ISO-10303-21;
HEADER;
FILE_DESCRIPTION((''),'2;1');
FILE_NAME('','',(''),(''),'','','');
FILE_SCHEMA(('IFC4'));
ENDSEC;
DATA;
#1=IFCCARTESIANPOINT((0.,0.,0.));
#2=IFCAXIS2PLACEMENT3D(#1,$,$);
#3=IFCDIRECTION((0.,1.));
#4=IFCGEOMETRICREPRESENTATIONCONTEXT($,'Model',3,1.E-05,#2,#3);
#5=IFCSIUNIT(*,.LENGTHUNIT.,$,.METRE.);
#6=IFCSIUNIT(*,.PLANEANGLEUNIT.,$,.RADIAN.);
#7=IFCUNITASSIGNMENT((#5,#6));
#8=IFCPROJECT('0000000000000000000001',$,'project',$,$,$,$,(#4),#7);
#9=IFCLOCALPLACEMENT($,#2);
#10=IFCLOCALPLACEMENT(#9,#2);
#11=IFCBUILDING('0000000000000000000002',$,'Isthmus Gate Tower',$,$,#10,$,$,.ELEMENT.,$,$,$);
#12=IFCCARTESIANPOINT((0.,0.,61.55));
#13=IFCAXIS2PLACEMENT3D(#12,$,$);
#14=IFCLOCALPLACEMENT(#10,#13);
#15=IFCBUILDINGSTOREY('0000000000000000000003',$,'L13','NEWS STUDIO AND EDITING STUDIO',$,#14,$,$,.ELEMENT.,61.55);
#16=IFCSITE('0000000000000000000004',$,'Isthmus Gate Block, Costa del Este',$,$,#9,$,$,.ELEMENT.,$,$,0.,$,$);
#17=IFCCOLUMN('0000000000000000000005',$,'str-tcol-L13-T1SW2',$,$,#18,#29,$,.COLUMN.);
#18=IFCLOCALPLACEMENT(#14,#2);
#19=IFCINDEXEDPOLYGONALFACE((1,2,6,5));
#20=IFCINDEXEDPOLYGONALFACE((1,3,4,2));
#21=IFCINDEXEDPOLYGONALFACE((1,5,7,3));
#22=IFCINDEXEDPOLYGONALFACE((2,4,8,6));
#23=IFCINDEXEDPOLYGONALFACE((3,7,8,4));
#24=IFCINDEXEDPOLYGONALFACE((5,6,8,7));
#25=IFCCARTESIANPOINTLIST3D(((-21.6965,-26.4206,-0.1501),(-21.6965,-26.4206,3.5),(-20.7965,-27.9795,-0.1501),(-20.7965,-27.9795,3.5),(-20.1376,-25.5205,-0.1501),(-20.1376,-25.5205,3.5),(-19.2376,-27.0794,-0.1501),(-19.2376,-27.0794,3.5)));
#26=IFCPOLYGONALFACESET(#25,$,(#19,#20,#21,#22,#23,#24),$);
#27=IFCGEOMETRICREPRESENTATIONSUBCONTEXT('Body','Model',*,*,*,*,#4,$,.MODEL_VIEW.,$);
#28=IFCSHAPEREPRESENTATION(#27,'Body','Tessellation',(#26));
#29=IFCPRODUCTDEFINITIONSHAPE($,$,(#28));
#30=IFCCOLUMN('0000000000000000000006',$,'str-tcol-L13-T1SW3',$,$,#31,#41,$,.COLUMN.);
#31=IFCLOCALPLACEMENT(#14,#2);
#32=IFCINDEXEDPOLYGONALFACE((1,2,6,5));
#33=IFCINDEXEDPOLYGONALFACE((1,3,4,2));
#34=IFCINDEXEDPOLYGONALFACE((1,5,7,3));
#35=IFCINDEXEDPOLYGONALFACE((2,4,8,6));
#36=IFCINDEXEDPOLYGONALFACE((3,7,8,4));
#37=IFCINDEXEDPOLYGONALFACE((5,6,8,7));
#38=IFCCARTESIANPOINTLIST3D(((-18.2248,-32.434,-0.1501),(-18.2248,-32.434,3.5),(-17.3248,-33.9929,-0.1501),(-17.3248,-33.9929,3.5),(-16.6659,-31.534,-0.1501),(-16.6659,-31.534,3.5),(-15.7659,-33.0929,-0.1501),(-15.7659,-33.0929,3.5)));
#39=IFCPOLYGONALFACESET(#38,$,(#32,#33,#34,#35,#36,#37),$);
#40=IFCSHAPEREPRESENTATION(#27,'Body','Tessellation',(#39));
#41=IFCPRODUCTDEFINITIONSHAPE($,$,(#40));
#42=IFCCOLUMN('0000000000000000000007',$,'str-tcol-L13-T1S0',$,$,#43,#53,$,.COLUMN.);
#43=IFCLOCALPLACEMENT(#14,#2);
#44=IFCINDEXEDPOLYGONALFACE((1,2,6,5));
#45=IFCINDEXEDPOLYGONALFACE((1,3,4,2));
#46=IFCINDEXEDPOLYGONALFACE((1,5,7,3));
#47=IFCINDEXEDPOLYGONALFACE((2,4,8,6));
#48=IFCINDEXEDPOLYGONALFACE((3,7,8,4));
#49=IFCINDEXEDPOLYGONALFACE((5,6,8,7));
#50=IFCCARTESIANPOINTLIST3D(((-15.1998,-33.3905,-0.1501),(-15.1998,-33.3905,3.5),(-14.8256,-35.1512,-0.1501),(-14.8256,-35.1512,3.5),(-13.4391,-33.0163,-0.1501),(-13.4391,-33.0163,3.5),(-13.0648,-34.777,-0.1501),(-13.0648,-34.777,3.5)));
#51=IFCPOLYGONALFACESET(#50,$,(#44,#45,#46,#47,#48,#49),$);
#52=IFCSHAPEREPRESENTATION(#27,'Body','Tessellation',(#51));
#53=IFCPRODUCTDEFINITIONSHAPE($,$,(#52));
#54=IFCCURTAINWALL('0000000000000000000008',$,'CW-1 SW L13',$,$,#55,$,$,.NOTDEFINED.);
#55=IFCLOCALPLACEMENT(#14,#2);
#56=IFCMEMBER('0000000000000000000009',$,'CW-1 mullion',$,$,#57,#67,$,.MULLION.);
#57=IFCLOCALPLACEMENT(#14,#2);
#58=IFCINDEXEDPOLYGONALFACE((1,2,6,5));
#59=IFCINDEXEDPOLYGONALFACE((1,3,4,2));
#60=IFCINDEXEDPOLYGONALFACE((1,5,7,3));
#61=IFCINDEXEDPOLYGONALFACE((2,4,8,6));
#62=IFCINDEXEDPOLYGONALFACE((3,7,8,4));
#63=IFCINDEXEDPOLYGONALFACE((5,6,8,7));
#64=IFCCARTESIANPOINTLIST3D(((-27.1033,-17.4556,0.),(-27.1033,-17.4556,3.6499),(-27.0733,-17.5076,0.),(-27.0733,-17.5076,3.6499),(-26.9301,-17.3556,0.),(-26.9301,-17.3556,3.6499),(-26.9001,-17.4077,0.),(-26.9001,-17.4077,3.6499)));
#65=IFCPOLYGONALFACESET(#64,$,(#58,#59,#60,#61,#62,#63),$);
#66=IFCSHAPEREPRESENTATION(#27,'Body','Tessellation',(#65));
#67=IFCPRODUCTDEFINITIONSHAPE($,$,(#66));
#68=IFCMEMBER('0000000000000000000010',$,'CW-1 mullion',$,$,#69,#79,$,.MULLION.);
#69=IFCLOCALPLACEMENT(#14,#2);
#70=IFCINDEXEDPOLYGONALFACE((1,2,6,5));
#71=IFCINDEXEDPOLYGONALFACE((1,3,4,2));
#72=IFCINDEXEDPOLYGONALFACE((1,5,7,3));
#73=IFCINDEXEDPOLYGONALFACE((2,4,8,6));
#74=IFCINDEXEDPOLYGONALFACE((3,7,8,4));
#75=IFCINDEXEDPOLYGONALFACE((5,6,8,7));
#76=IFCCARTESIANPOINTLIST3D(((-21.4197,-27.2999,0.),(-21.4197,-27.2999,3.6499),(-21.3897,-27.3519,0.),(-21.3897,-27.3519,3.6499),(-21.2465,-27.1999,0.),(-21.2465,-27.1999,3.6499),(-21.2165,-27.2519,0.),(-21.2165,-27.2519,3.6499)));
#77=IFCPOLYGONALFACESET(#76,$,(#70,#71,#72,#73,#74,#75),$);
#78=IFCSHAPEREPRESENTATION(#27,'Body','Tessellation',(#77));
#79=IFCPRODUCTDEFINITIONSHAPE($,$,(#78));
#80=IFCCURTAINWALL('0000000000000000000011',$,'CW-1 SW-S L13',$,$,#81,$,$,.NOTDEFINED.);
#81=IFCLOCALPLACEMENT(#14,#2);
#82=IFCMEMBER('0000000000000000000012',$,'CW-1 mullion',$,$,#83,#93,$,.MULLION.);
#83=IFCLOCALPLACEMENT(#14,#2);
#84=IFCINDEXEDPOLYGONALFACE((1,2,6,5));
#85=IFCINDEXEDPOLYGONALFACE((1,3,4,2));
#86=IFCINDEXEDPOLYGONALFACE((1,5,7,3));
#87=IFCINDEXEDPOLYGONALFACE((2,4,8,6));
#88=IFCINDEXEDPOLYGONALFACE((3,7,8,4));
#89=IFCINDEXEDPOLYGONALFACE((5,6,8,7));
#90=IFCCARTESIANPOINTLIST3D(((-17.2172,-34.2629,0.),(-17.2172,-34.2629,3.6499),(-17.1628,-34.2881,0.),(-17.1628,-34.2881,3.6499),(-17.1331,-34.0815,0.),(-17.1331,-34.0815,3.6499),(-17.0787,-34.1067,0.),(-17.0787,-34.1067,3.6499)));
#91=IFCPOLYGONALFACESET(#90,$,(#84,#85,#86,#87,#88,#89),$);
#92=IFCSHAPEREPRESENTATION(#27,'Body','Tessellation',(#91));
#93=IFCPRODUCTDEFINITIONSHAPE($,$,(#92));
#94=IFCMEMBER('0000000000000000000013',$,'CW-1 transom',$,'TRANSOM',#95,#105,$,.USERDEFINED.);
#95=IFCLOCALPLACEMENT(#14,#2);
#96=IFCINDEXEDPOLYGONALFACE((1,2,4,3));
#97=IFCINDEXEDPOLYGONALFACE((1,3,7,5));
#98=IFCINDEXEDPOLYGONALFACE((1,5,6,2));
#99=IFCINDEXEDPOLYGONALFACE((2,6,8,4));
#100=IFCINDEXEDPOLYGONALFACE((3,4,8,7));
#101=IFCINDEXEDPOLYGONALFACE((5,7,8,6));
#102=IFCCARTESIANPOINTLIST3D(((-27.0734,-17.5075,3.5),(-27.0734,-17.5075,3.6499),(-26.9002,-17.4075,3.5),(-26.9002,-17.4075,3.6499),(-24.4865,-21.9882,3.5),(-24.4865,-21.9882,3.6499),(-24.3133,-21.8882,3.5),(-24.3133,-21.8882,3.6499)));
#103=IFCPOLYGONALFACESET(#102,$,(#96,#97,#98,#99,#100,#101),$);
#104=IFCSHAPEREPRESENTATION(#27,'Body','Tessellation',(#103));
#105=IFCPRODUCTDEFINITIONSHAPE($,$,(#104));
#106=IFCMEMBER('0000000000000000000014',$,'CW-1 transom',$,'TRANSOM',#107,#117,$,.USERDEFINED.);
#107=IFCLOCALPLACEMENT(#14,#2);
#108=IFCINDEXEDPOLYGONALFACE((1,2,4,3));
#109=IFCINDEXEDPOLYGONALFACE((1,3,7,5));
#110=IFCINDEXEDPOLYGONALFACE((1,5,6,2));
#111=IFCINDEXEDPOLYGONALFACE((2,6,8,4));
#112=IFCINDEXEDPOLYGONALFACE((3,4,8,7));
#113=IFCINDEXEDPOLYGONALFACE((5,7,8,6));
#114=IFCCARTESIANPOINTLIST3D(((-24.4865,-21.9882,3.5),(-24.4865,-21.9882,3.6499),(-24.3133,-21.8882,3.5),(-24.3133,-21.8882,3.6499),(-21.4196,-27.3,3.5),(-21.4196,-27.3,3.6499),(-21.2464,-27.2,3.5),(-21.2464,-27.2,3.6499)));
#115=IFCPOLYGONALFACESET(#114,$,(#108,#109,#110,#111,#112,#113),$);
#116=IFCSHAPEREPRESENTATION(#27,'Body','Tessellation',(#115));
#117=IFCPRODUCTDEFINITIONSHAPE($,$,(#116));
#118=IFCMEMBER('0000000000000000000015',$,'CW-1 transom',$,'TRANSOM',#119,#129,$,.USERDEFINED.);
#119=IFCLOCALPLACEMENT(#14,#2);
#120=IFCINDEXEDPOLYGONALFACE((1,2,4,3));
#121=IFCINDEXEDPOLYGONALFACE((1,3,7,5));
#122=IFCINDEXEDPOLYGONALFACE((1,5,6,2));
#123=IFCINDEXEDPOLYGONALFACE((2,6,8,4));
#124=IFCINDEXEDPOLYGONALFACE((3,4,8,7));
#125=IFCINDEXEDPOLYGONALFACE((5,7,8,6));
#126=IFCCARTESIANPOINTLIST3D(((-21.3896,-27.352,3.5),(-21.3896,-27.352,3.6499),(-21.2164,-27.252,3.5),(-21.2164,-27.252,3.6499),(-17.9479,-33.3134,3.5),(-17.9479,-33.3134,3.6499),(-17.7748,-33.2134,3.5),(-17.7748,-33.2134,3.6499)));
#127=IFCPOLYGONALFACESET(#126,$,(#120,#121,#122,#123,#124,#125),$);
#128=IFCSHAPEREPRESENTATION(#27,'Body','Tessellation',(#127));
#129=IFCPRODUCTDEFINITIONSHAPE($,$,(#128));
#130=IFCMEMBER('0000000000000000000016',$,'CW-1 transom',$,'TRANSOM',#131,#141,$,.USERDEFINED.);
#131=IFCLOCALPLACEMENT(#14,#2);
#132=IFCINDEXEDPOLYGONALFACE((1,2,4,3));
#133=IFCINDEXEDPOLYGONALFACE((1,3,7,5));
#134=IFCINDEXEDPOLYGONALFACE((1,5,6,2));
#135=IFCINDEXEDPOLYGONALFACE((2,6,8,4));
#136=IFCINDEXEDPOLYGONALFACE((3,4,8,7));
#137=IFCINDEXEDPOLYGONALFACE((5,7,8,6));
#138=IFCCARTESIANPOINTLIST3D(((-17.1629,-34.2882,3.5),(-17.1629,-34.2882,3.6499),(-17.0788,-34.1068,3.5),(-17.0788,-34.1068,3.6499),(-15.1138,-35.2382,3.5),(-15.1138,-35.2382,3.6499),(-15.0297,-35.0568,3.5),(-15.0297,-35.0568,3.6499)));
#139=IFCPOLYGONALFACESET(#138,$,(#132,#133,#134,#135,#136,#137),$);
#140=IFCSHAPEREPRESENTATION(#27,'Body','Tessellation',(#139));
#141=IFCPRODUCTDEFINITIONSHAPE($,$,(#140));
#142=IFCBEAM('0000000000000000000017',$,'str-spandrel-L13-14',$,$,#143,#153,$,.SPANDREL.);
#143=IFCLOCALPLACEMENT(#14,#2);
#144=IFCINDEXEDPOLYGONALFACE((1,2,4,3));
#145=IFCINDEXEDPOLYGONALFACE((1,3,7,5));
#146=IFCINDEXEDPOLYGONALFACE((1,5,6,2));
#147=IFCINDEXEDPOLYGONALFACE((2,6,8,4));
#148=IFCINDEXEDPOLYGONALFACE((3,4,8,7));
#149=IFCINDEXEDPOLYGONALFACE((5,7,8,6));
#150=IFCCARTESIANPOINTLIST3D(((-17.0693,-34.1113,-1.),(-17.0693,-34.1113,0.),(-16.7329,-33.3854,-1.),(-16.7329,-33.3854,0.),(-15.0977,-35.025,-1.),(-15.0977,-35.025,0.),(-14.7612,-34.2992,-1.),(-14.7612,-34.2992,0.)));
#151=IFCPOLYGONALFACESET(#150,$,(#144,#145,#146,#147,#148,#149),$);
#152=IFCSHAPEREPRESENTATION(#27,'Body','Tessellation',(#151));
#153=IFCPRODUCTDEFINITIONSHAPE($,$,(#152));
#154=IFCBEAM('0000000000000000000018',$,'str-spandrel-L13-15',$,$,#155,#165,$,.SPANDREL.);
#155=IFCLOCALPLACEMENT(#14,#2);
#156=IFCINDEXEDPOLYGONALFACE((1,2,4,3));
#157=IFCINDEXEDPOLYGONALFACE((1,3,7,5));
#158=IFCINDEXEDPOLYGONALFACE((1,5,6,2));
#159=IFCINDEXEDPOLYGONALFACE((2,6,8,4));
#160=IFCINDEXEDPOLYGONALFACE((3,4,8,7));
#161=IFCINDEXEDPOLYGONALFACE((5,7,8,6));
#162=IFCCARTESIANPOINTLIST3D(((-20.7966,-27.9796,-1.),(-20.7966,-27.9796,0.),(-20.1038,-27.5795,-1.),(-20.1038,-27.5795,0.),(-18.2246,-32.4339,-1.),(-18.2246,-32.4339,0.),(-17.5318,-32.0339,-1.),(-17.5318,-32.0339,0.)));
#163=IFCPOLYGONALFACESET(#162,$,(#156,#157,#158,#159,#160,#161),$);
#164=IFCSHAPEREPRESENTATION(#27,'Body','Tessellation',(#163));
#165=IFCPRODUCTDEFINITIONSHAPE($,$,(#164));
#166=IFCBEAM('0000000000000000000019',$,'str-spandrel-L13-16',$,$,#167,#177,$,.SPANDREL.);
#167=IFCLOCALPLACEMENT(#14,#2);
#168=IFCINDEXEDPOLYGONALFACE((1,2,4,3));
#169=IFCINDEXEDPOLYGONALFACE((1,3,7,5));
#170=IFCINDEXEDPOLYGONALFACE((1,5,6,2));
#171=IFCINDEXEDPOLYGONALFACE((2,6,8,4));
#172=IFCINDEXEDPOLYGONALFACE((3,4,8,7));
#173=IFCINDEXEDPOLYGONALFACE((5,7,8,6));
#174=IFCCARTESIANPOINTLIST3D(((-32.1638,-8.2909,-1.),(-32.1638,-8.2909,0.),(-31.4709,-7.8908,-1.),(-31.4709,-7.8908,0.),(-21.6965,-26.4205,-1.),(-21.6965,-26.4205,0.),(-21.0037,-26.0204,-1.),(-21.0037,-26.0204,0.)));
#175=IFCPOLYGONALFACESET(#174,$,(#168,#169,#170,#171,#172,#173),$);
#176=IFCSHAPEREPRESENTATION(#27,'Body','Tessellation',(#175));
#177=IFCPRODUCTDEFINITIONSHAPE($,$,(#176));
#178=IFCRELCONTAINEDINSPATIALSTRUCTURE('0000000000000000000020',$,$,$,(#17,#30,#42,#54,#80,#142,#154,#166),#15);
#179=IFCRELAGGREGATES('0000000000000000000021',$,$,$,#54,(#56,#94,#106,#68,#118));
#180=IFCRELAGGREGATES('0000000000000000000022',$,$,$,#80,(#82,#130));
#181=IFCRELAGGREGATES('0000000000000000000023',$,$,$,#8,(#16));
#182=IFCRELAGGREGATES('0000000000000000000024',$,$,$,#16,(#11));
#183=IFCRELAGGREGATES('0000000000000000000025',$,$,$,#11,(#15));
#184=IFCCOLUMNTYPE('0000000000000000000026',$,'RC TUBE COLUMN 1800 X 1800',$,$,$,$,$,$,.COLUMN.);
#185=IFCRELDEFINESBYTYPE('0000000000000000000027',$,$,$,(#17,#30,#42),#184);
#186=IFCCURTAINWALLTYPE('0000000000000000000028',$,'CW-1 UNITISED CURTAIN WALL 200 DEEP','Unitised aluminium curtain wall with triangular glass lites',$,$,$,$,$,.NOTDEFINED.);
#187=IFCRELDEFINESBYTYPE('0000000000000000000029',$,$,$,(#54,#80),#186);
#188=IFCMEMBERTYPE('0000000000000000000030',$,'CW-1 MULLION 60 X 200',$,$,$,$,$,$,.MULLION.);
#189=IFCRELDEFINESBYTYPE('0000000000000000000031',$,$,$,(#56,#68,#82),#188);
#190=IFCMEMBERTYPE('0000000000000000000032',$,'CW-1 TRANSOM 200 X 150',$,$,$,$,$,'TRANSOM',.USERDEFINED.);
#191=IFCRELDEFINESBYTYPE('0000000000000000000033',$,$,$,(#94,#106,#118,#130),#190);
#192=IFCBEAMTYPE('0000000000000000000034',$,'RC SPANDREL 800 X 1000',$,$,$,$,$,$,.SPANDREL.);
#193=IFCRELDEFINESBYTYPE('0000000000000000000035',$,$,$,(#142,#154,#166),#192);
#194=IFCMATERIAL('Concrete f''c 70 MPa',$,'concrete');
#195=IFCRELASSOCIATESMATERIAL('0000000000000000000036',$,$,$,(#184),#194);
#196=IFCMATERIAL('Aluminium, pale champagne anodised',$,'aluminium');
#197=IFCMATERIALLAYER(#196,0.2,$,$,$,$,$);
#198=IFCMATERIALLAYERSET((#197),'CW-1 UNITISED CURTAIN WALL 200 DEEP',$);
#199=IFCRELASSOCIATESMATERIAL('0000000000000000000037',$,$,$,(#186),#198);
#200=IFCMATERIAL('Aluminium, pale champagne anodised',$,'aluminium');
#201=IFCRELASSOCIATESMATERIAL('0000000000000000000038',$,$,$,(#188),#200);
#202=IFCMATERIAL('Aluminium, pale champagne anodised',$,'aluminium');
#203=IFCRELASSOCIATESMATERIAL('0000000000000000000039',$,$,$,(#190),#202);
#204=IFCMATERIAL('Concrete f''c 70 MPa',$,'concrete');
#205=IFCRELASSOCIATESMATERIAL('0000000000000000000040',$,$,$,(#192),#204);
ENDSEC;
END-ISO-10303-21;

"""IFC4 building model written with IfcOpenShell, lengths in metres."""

from ifc_helpers import new_model, si_unit, direction, frame, origin, origin_2d, place, context, subcontext, project, spatial, rectangle, extrude, material, layer, layer_set, material_profile, profile_set, type_object, element, aggregate, save


model = new_model("IFC4")

# Units and contexts
model_context = context("Model", 3, precision=1e-05, world=origin(), true_north=direction((0.0, 1.0)))
body_context = subcontext(model_context, "Body", "Model", "MODEL_VIEW")
ifc_project = project(units=[si_unit("LENGTHUNIT", "METRE"), si_unit("PLANEANGLEUNIT", "RADIAN")], contexts=[model_context])

# Site, building, storey
site_placement = place(None, origin())
site = spatial("IfcSite", under=ifc_project, at=site_placement, Name="Isthmus Gate Block, Costa del Este", CompositionType="ELEMENT", RefElevation=0.0)
building_placement = place(site_placement, origin())
building = spatial("IfcBuilding", under=site, at=building_placement, Name="Isthmus Gate Tower", CompositionType="ELEMENT")
storey_placement = place(building_placement, frame((0.0, 0.0, 61.55)))
storey = spatial("IfcBuildingStorey", under=building, at=storey_placement, Name="L13", Description="NEWS STUDIO AND EDITING STUDIO", CompositionType="ELEMENT", Elevation=61.55)

# Columns
ifc_material_1 = material(Name="Concrete f'c 70 MPa", Category="concrete")
ifc_material_profile_1 = material_profile(ifc_material_1, rectangle(XDim=1.8, YDim=1.8, at=origin_2d()), Name="RC 1800X1800")
ifc_profile_set_1 = profile_set([ifc_material_profile_1], Name="Concrete f'c 70 MPa")
column_type = type_object("IfcColumnType", Name="RC TUBE COLUMN 1800 X 1800", PredefinedType="COLUMN", material=ifc_profile_set_1)
for number, where, z_axis, x_axis, name in (
    (1, (-20.467, -26.75, -0.1501), (0.0, 0.0, 1.0), (0.5, -0.866025, 0.0), "str-tcol-L13-T1SW2"),
    (2, (-16.9954, -32.7634, -0.1501), (0.0, 0.0, 1.0), (0.5, -0.866025, 0.0), "str-tcol-L13-T1SW3"),
    (3, (-14.1323, -34.0837, -0.1501), (0.0, 0.0, 1.0), (0.978148, 0.207912, 0.0), "str-tcol-L13-T1S0"),
):
    element("IfcColumn", number, at=place(storey_placement, frame(where, z_axis=z_axis, x_axis=x_axis)), inside=storey, type_object=column_type, Name=name, PredefinedType="COLUMN", context=body_context, shape_type="SweptSolid", body=[
        extrude(rectangle(XDim=1.8, YDim=1.8, at=origin_2d()), origin(), (0.0, 0.0, 1.0), 3.6501),
    ])

# Curtain wall, members
ifc_material_2 = material(Name="Aluminium, pale champagne anodised", Category="aluminium")
ifc_layer_1 = layer(ifc_material_2, 0.2)
ifc_layer_set_1 = layer_set([ifc_layer_1], Name="CW-1 UNITISED CURTAIN WALL 200 DEEP")
curtain_wall_type = type_object("IfcCurtainWallType", Name="CW-1 UNITISED CURTAIN WALL 200 DEEP", Description="Unitised aluminium curtain wall with triangular glass lites", PredefinedType="NOTDEFINED", material=ifc_layer_set_1)
curtain_wall_1_placement = place(storey_placement, origin())
curtain_wall_1 = element("IfcCurtainWall", 4, at=curtain_wall_1_placement, inside=storey, type_object=curtain_wall_type, Name="CW-1 SW L13", PredefinedType="NOTDEFINED")
ifc_material_3 = material(Name="Aluminium, pale champagne anodised", Category="aluminium")
ifc_material_profile_2 = material_profile(ifc_material_3, rectangle(XDim=0.0601, YDim=0.2, at=origin_2d()), Name="60x200")
ifc_profile_set_2 = profile_set([ifc_material_profile_2], Name="Aluminium, pale champagne anodised")
member_type_1 = type_object("IfcMemberType", Name="CW-1 MULLION 60 X 200", PredefinedType="MULLION", material=ifc_profile_set_2)
member_1_placement = place(storey_placement, frame((-27.0017, -17.4316, 0.0), z_axis=(0.0, 0.0, 1.0), x_axis=(0.5, -0.866025, 0.0)))
member_1 = element("IfcMember", 5, at=member_1_placement, type_object=member_type_1, Name="CW-1 mullion", PredefinedType="MULLION", context=body_context, shape_type="SweptSolid", body=[
    extrude(rectangle(XDim=0.0601, YDim=0.2, at=origin_2d()), origin(), (0.0, 0.0, 1.0), 3.6499),
])
member_2_placement = place(storey_placement, frame((-21.3181, -27.2759, 0.0), z_axis=(0.0, 0.0, 1.0), x_axis=(0.5, -0.866025, 0.0)))
member_2 = element("IfcMember", 6, at=member_2_placement, type_object=member_type_1, Name="CW-1 mullion", PredefinedType="MULLION", context=body_context, shape_type="SweptSolid", body=[
    extrude(rectangle(XDim=0.0601, YDim=0.2, at=origin_2d()), origin(), (0.0, 0.0, 1.0), 3.6499),
])

# Curtain wall, member
curtain_wall_2_placement = place(storey_placement, origin())
curtain_wall_2 = element("IfcCurtainWall", 7, at=curtain_wall_2_placement, inside=storey, type_object=curtain_wall_type, Name="CW-1 SW-S L13", PredefinedType="NOTDEFINED")
member_3_placement = place(storey_placement, frame((-17.1479, -34.1848, 0.0), z_axis=(0.0, 0.0, 1.0), x_axis=(0.907256, -0.420578, 0.0)))
member_3 = element("IfcMember", 8, at=member_3_placement, type_object=member_type_1, Name="CW-1 mullion", PredefinedType="MULLION", context=body_context, shape_type="SweptSolid", body=[
    extrude(rectangle(XDim=0.0601, YDim=0.2, at=origin_2d()), origin(), (0.0, 0.0, 1.0), 3.6499),
])

# Members
ifc_material_4 = material(Name="Aluminium, pale champagne anodised", Category="aluminium")
ifc_material_profile_3 = material_profile(ifc_material_4, rectangle(XDim=0.2, YDim=0.1499, at=origin_2d()), Name="200x150")
ifc_profile_set_3 = profile_set([ifc_material_profile_3], Name="Aluminium, pale champagne anodised")
member_type_2 = type_object("IfcMemberType", Name="CW-1 TRANSOM 200 X 150", ElementType="TRANSOM", PredefinedType="USERDEFINED", material=ifc_profile_set_3)
member_4_placement = place(storey_placement, frame((-26.9868, -17.4575, 3.575), z_axis=(0.499996, -0.866028, 0.0), x_axis=(0.866028, 0.499996, 0.0)))
member_4 = element("IfcMember", 9, at=member_4_placement, type_object=member_type_2, Name="CW-1 transom", ObjectType="TRANSOM", PredefinedType="USERDEFINED", context=body_context, shape_type="SweptSolid", body=[
    extrude(rectangle(XDim=0.2, YDim=0.1499, at=origin_2d()), origin(), (0.0, 0.0, 1.0), 5.1738),
])
member_5_placement = place(storey_placement, frame((-24.3999, -21.9382, 3.575), z_axis=(0.500018, -0.866015, 0.0), x_axis=(0.866015, 0.500018, 0.0)))
member_5 = element("IfcMember", 10, at=member_5_placement, type_object=member_type_2, Name="CW-1 transom", ObjectType="TRANSOM", PredefinedType="USERDEFINED", context=body_context, shape_type="SweptSolid", body=[
    extrude(rectangle(XDim=0.2, YDim=0.1499, at=origin_2d()), origin(), (0.0, 0.0, 1.0), 6.1335),
])
member_6_placement = place(storey_placement, frame((-21.303, -27.302, 3.575), z_axis=(0.49998, -0.866037, 0.0), x_axis=(0.866037, 0.49998, 0.0)))
member_6 = element("IfcMember", 11, at=member_6_placement, type_object=member_type_2, Name="CW-1 transom", ObjectType="TRANSOM", PredefinedType="USERDEFINED", context=body_context, shape_type="SweptSolid", body=[
    extrude(rectangle(XDim=0.2, YDim=0.1499, at=origin_2d()), origin(), (0.0, 0.0, 1.0), 6.8835),
])
member_7_placement = place(storey_placement, frame((-17.1208, -34.1975, 3.575), z_axis=(0.907246, -0.4206, 0.0), x_axis=(0.4206, 0.907246, 0.0)))
member_7 = element("IfcMember", 12, at=member_7_placement, type_object=member_type_2, Name="CW-1 transom", ObjectType="TRANSOM", PredefinedType="USERDEFINED", context=body_context, shape_type="SweptSolid", body=[
    extrude(rectangle(XDim=0.2, YDim=0.1499, at=origin_2d()), origin(), (0.0, 0.0, 1.0), 2.2585),
])

# Beams
ifc_material_5 = material(Name="Concrete f'c 70 MPa", Category="concrete")
ifc_material_profile_4 = material_profile(ifc_material_5, rectangle(XDim=0.8, YDim=1.0, at=origin_2d()), Name="RC 800X1000")
ifc_profile_set_4 = profile_set([ifc_material_profile_4], Name="Concrete f'c 70 MPa")
beam_type_1 = type_object("IfcBeamType", Name="RC SPANDREL 800 X 1000", PredefinedType="SPANDREL", material=ifc_profile_set_4)
beam_1_placement = place(storey_placement, frame((-14.9294, -34.6621, -0.5), z_axis=(-0.907291, 0.420504, 0.0), x_axis=(-0.420504, -0.907291, 0.0)))
element("IfcBeam", 13, at=beam_1_placement, inside=storey, type_object=beam_type_1, Name="str-spandrel-L13-14", PredefinedType="SPANDREL", context=body_context, shape_type="SweptSolid", body=[
    extrude(rectangle(XDim=0.8, YDim=1.0, at=origin_2d()), origin(), (0.0, 0.0, 1.0), 2.1731),
])
beam_2_placement = place(storey_placement, frame((-17.8782, -32.2339, -0.5), z_axis=(-0.500044, 0.866, 0.0), x_axis=(-0.866, -0.500044, 0.0)))
element("IfcBeam", 14, at=beam_2_placement, inside=storey, type_object=beam_type_1, Name="str-spandrel-L13-15", PredefinedType="SPANDREL", context=body_context, shape_type="SweptSolid", body=[
    extrude(rectangle(XDim=0.8, YDim=1.0, at=origin_2d()), origin(), (0.0, 0.0, 1.0), 5.1436),
])
beam_3_placement = place(storey_placement, frame((-21.3501, -26.2205, -0.5), z_axis=(-0.500005, 0.866023, 0.0), x_axis=(-0.866023, -0.500005, 0.0)))
element("IfcBeam", 15, at=beam_3_placement, inside=storey, type_object=beam_type_1, Name="str-spandrel-L13-16", PredefinedType="SPANDREL", context=body_context, shape_type="SweptSolid", body=[
    extrude(rectangle(XDim=0.8, YDim=1.0, at=origin_2d()), origin(), (0.0, 0.0, 1.0), 20.9343),
])

aggregate(curtain_wall_1, [member_1, member_4, member_5, member_2, member_6])
aggregate(curtain_wall_2, [member_3, member_7])

save(model, "model.ifc")
